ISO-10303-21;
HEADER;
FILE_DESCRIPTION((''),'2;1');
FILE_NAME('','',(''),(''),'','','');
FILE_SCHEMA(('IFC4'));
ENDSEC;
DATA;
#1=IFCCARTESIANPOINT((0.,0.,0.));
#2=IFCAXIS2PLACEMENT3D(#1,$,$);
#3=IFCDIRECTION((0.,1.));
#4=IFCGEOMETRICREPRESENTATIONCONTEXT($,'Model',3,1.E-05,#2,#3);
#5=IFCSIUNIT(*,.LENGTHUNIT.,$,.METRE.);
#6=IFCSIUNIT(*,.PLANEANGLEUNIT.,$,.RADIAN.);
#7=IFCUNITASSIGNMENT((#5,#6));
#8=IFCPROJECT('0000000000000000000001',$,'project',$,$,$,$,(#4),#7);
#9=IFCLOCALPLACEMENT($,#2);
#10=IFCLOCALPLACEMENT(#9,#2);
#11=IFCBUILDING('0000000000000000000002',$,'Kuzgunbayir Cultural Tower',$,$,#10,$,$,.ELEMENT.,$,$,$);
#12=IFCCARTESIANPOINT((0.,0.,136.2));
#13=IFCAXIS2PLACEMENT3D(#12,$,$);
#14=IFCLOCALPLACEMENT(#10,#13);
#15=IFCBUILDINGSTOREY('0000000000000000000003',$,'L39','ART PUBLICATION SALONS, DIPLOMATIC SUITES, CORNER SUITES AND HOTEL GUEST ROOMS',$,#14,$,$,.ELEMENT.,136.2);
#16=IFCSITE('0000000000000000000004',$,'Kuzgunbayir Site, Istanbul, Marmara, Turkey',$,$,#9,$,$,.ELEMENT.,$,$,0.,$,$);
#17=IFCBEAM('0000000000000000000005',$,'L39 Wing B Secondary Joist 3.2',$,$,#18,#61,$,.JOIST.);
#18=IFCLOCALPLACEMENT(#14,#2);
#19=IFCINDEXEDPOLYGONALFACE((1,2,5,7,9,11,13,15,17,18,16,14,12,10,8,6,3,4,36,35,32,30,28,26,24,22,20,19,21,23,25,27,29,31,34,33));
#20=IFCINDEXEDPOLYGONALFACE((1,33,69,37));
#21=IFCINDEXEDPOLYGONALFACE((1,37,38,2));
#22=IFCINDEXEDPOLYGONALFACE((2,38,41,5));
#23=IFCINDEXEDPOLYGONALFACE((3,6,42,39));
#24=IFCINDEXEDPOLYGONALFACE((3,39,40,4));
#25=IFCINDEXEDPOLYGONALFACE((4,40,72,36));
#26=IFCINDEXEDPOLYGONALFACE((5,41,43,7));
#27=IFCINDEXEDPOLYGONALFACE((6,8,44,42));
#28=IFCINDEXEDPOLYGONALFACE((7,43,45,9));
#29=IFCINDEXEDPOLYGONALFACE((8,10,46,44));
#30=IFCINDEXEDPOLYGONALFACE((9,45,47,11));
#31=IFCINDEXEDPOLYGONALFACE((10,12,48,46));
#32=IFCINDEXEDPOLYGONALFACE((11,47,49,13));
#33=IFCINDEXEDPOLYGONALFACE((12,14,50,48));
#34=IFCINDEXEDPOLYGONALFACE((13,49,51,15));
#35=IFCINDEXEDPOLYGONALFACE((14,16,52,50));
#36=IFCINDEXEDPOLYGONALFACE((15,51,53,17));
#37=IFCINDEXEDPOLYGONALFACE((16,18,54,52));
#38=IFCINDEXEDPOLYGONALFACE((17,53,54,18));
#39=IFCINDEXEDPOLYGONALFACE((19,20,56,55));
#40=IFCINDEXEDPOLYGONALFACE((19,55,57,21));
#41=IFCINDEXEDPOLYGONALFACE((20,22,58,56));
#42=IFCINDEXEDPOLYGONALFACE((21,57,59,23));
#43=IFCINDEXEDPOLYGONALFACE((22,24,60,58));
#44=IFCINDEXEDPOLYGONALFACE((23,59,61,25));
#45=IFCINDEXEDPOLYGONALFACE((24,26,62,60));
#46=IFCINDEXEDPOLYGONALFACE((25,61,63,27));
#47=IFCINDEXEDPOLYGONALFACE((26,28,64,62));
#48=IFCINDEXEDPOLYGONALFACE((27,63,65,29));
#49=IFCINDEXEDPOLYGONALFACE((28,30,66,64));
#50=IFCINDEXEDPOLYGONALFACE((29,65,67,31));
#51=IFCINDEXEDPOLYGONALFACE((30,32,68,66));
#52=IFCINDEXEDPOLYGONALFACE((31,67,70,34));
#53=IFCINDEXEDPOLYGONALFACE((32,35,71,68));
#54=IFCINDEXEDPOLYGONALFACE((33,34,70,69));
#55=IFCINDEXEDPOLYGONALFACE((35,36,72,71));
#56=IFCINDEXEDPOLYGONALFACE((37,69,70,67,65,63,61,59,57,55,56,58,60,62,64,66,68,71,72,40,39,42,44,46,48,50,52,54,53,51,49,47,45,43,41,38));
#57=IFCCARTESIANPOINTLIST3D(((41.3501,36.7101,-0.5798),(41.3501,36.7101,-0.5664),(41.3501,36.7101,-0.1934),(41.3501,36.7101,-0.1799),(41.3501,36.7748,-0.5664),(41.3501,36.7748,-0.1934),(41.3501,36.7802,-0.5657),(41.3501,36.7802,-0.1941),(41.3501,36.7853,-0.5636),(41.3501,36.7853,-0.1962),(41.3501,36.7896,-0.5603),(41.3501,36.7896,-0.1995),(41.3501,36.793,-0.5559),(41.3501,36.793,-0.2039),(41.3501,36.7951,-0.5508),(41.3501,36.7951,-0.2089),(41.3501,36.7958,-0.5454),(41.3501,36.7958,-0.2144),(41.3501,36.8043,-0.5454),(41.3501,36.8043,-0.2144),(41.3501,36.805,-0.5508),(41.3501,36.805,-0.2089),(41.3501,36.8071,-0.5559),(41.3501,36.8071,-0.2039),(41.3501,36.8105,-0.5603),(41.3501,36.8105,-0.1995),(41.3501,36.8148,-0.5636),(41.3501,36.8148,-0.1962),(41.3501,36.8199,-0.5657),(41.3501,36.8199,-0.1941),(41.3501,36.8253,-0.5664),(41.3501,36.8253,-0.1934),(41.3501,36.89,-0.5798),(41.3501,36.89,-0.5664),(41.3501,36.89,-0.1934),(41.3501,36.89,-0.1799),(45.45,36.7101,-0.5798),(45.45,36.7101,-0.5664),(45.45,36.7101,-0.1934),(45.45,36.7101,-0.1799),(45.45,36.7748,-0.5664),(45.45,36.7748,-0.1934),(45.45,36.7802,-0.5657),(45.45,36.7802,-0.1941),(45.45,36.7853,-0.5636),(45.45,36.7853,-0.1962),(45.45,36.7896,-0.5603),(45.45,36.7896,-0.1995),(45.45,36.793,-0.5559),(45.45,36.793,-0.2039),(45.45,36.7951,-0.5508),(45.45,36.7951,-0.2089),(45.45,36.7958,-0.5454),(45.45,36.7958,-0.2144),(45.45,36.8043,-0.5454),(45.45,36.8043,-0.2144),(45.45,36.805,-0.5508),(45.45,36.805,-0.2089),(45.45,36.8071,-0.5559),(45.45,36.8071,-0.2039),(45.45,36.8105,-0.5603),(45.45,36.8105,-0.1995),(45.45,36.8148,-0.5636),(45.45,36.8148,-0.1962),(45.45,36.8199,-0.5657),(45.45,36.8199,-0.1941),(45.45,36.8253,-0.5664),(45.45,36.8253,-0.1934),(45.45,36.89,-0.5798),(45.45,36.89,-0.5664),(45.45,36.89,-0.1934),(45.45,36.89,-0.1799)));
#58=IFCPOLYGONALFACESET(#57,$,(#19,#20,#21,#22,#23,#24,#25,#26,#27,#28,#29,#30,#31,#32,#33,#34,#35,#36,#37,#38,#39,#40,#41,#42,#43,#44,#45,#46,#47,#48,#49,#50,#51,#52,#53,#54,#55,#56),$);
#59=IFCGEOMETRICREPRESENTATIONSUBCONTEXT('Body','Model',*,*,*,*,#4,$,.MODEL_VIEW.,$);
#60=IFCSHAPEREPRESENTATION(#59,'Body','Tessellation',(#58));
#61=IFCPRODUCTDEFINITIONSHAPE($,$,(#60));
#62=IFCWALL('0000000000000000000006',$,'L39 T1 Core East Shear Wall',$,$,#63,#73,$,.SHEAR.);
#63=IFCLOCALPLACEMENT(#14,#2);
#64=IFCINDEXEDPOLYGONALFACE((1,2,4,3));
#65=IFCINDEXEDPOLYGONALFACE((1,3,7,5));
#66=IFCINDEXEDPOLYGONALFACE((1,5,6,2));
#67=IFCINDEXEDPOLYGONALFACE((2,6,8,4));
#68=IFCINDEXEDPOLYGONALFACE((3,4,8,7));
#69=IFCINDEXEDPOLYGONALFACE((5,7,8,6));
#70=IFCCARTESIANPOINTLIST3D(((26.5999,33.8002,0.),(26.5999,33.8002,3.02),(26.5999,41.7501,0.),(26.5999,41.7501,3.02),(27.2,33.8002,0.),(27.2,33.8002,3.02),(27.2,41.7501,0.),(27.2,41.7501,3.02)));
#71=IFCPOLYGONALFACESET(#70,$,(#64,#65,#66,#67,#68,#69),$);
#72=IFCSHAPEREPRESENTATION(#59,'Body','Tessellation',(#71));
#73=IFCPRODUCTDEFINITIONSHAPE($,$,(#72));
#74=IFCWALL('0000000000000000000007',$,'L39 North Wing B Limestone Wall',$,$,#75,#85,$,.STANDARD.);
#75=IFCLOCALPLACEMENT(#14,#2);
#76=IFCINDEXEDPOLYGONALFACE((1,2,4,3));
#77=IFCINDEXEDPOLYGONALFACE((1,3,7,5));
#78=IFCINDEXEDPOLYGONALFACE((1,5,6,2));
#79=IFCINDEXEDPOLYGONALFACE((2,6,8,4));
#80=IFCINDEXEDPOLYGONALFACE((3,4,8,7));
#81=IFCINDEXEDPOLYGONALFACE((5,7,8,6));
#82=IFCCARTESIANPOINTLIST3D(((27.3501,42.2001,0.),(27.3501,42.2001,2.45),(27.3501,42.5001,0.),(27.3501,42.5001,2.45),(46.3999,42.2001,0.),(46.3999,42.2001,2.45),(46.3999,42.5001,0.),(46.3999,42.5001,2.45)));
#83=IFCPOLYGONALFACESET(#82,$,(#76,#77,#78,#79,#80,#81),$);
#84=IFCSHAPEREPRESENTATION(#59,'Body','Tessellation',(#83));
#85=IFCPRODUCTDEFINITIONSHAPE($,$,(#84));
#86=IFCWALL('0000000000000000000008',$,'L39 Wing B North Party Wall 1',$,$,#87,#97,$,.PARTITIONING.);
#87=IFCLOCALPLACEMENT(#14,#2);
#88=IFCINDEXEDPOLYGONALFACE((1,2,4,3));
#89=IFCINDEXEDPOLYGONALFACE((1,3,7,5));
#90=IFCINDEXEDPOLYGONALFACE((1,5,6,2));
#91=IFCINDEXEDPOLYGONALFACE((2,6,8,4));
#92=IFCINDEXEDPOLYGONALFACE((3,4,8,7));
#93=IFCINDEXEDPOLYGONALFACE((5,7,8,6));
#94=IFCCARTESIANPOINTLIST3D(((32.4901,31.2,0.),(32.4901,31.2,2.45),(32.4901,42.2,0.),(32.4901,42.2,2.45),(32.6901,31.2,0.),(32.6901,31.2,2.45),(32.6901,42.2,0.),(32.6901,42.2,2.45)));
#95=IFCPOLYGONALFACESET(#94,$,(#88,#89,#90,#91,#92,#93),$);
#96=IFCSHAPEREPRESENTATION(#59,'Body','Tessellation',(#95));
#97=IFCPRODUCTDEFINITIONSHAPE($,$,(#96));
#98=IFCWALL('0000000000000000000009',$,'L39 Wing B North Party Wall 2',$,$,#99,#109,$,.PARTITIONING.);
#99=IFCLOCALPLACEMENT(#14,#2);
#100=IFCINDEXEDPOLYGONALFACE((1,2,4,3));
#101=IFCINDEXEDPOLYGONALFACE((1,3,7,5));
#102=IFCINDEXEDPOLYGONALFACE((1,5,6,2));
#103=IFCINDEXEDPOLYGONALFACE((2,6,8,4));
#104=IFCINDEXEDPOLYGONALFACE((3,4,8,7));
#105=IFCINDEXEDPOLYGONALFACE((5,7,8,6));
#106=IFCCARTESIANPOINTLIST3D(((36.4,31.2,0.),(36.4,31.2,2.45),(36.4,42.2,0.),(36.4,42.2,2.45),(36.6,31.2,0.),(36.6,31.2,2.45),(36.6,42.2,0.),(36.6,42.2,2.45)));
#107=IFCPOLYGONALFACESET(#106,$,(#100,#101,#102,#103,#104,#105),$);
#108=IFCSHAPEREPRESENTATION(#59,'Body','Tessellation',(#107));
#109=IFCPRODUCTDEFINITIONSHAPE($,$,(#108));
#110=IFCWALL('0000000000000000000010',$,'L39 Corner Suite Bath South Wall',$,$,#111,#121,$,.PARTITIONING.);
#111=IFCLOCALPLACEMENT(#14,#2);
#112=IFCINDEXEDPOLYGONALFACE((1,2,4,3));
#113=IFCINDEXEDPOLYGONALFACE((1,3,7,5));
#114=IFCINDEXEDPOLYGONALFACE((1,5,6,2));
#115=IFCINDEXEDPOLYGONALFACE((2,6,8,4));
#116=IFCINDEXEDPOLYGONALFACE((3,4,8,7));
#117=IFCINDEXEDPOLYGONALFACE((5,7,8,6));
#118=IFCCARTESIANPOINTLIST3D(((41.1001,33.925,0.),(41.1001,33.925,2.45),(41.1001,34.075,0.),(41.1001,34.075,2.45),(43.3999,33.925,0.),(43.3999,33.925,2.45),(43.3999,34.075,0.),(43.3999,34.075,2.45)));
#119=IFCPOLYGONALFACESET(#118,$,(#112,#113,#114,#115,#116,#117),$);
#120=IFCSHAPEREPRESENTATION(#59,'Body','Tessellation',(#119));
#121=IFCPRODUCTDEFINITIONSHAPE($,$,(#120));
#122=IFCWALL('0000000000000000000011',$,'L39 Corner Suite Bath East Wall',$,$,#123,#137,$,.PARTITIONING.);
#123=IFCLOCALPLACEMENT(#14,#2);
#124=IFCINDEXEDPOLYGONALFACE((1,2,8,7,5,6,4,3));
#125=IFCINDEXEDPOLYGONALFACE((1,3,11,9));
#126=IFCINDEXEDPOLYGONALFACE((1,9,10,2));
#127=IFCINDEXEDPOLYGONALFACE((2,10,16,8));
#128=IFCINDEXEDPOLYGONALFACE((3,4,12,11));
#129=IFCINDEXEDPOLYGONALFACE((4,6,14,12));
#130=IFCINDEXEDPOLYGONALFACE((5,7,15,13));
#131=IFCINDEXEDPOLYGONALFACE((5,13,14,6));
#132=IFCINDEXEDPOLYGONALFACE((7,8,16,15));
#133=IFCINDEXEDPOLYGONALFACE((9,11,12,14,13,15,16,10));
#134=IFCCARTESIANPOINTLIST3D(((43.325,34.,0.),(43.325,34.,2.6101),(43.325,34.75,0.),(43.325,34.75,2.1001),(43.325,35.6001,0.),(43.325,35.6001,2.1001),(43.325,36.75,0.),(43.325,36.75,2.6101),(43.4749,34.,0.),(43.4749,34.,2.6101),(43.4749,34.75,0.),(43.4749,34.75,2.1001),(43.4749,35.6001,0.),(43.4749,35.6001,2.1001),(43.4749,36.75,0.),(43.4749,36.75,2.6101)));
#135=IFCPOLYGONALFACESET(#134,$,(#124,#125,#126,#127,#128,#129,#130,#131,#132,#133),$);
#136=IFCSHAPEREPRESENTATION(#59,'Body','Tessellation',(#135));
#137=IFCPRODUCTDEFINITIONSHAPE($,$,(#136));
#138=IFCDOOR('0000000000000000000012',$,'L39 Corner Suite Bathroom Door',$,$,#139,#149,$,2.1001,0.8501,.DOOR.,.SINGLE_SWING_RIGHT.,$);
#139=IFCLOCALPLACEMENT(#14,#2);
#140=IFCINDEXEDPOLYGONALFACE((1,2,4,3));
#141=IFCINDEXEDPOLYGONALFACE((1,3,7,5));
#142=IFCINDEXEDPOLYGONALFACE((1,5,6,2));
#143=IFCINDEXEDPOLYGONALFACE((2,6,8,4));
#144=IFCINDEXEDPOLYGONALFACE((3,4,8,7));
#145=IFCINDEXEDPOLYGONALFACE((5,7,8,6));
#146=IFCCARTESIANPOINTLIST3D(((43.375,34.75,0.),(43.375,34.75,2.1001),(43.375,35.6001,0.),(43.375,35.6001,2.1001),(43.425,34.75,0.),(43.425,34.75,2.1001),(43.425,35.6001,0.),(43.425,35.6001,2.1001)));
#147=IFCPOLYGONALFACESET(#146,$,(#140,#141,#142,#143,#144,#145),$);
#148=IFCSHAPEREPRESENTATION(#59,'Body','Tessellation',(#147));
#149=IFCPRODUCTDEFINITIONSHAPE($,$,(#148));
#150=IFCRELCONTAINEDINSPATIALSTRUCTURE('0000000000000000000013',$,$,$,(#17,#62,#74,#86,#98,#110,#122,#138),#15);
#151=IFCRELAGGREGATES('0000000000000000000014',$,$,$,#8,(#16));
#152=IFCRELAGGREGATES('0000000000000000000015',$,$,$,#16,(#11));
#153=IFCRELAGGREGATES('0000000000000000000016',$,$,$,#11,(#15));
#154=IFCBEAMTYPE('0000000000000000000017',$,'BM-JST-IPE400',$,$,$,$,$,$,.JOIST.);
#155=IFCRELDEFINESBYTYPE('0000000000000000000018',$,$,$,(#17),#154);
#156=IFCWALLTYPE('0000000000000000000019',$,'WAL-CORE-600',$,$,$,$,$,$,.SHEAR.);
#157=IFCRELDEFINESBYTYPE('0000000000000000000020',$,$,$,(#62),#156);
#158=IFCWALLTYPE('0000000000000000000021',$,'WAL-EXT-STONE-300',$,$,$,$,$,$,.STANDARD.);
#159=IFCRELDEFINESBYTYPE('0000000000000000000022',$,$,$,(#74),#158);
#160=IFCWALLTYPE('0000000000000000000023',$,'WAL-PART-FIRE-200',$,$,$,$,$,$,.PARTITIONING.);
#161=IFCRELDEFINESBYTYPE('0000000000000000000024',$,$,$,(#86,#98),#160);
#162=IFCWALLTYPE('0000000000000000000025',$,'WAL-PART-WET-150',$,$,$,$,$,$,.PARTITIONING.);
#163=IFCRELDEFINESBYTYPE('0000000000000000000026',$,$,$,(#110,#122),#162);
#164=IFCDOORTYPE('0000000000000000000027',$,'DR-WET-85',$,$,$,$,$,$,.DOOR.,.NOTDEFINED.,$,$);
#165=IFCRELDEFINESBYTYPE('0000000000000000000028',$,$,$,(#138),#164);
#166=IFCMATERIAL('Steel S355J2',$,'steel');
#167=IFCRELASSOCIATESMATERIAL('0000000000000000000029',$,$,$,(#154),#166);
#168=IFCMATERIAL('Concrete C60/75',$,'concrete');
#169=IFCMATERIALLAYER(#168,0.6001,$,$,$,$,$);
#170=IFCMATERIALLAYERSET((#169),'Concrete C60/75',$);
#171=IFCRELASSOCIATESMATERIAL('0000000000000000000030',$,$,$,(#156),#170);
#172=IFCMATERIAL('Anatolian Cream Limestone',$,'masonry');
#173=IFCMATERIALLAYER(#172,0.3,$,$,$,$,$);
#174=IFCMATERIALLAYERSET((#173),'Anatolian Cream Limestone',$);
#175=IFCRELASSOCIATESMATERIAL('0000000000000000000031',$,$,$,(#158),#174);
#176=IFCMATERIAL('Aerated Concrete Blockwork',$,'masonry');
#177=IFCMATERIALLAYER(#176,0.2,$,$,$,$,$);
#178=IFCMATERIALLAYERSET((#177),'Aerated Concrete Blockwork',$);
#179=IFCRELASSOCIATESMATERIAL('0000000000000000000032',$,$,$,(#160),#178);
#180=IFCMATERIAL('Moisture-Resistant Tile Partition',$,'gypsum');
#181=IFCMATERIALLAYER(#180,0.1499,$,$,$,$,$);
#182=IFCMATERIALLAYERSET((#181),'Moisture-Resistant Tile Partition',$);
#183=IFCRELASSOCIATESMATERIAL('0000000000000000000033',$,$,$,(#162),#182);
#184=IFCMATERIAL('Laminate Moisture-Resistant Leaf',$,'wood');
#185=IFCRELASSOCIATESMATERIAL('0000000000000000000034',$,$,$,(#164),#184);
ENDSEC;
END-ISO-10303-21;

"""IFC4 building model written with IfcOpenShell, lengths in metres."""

from ifc_helpers import new_model, si_unit, direction, frame, frame_2d, origin, origin_2d, place, context, subcontext, project, spatial, rectangle, i_section, extrude, material, layer, layer_set, material_profile, profile_set, type_object, element, fill, save


model = new_model("IFC4")

# Units and contexts
model_context = context("Model", 3, precision=1e-05, world=origin(), true_north=direction((0.0, 1.0)))
body_context = subcontext(model_context, "Body", "Model", "MODEL_VIEW")
ifc_project = project(units=[si_unit("LENGTHUNIT", "METRE"), si_unit("PLANEANGLEUNIT", "RADIAN")], contexts=[model_context])

# Site, building, storey
site_placement = place(None, origin())
site = spatial("IfcSite", under=ifc_project, at=site_placement, Name="Kuzgunbayir Site, Istanbul, Marmara, Turkey", CompositionType="ELEMENT", RefElevation=0.0)
building_placement = place(site_placement, origin())
building = spatial("IfcBuilding", under=site, at=building_placement, Name="Kuzgunbayir Cultural Tower", CompositionType="ELEMENT")
storey_placement = place(building_placement, frame((0.0, 0.0, 136.2)))
storey = spatial("IfcBuildingStorey", under=building, at=storey_placement, Name="L39", Description="ART PUBLICATION SALONS, DIPLOMATIC SUITES, CORNER SUITES AND HOTEL GUEST ROOMS", CompositionType="ELEMENT", Elevation=136.2)

# Beam
ifc_material_1 = material(Name="Steel S355J2", Category="steel")
ifc_material_profile_1 = material_profile(ifc_material_1, i_section(OverallWidth=0.1799, OverallDepth=0.3999, WebThickness=0.0085, FlangeThickness=0.0134, FilletRadius=0.021, at=origin_2d()), Name="IPE 400")
ifc_profile_set_1 = profile_set([ifc_material_profile_1], Name="Steel S355J2")
beam_type_1 = type_object("IfcBeamType", Name="BM-JST-IPE400", PredefinedType="JOIST", material=ifc_profile_set_1)
for number, where, z_axis, x_axis, name in (
    (1, (41.3501, 36.8, -0.3799), (1.0, 0.0, 0.0), (0.0, 1.0, 0.0), "L39 Wing B Secondary Joist 3.2"),
):
    element("IfcBeam", number, at=place(storey_placement, frame(where, z_axis=z_axis, x_axis=x_axis)), inside=storey, type_object=beam_type_1, Name=name, PredefinedType="JOIST", context=body_context, shape_type="SweptSolid", body=[
        extrude(i_section(OverallWidth=0.1799, OverallDepth=0.3999, WebThickness=0.0085, FlangeThickness=0.0134, FilletRadius=0.021, at=origin_2d()), origin(), (0.0, 0.0, 1.0), 4.0999),
    ])

# Walls
ifc_material_2 = material(Name="Concrete C60/75", Category="concrete")
ifc_layer_1 = layer(ifc_material_2, 0.6001)
ifc_layer_set_1 = layer_set([ifc_layer_1], Name="Concrete C60/75")
wall_type_1 = type_object("IfcWallType", Name="WAL-CORE-600", PredefinedType="SHEAR", material=ifc_layer_set_1)
wall_1_placement = place(storey_placement, frame((26.8999, 33.8, 0.0), z_axis=(0.0, 0.0, 1.0), x_axis=(0.0, 1.0, 0.0)))
element("IfcWall", 2, at=wall_1_placement, inside=storey, type_object=wall_type_1, Name="L39 T1 Core East Shear Wall", PredefinedType="SHEAR", context=body_context, shape_type="SweptSolid", body=[
    extrude(rectangle(XDim=7.95, YDim=0.6001, at=frame_2d((3.9751, 0.0))), origin(), (0.0, 0.0, 1.0), 3.02),
])
ifc_material_3 = material(Name="Anatolian Cream Limestone", Category="masonry")
ifc_layer_2 = layer(ifc_material_3, 0.3)
ifc_layer_set_2 = layer_set([ifc_layer_2], Name="Anatolian Cream Limestone")
wall_type_2 = type_object("IfcWallType", Name="WAL-EXT-STONE-300", PredefinedType="STANDARD", material=ifc_layer_set_2)
wall_2_placement = place(storey_placement, frame((46.3999, 42.3501, 0.0), z_axis=(0.0, 0.0, 1.0), x_axis=(-1.0, 0.0, 0.0)))
element("IfcWall", 3, at=wall_2_placement, inside=storey, type_object=wall_type_2, Name="L39 North Wing B Limestone Wall", PredefinedType="STANDARD", context=body_context, shape_type="SweptSolid", body=[
    extrude(rectangle(XDim=19.0498, YDim=0.3, at=frame_2d((9.5249, 0.0))), origin(), (0.0, 0.0, 1.0), 2.45),
])

# Walls
ifc_material_4 = material(Name="Aerated Concrete Blockwork", Category="masonry")
ifc_layer_3 = layer(ifc_material_4, 0.2)
ifc_layer_set_3 = layer_set([ifc_layer_3], Name="Aerated Concrete Blockwork")
wall_type_3 = type_object("IfcWallType", Name="WAL-PART-FIRE-200", PredefinedType="PARTITIONING", material=ifc_layer_set_3)
for number, where, z_axis, x_axis, name in (
    (4, (32.5901, 31.2, 0.0), (0.0, 0.0, 1.0), (0.0, 1.0, 0.0), "L39 Wing B North Party Wall 1"),
    (5, (36.5, 31.2, 0.0), (0.0, 0.0, 1.0), (0.0, 1.0, 0.0), "L39 Wing B North Party Wall 2"),
):
    element("IfcWall", number, at=place(storey_placement, frame(where, z_axis=z_axis, x_axis=x_axis)), inside=storey, type_object=wall_type_3, Name=name, PredefinedType="PARTITIONING", context=body_context, shape_type="SweptSolid", body=[
        extrude(rectangle(XDim=11.0, YDim=0.2, at=frame_2d((5.5, 0.0))), origin(), (0.0, 0.0, 1.0), 2.45),
    ])
ifc_material_5 = material(Name="Moisture-Resistant Tile Partition", Category="gypsum")
ifc_layer_4 = layer(ifc_material_5, 0.1499)
ifc_layer_set_4 = layer_set([ifc_layer_4], Name="Moisture-Resistant Tile Partition")
wall_type_4 = type_object("IfcWallType", Name="WAL-PART-WET-150", PredefinedType="PARTITIONING", material=ifc_layer_set_4)
wall_3_placement = place(storey_placement, frame((41.1001, 34.0, 0.0), z_axis=(0.0, 0.0, 1.0), x_axis=(1.0, 0.0, 0.0)))
element("IfcWall", 6, at=wall_3_placement, inside=storey, type_object=wall_type_4, Name="L39 Corner Suite Bath South Wall", PredefinedType="PARTITIONING", context=body_context, shape_type="SweptSolid", body=[
    extrude(rectangle(XDim=2.2998, YDim=0.1499, at=frame_2d((1.1499, 0.0))), origin(), (0.0, 0.0, 1.0), 2.45),
])

# Wall, opening, door
wall_4_placement = place(storey_placement, frame((43.3999, 34.0, 0.0), z_axis=(0.0, 0.0, 1.0), x_axis=(0.0, 1.0, 0.0)))
wall_4 = element("IfcWall", 7, at=wall_4_placement, inside=storey, type_object=wall_type_4, Name="L39 Corner Suite Bath East Wall", PredefinedType="PARTITIONING", context=body_context, shape_type="SweptSolid", body=[
    extrude(rectangle(XDim=2.75, YDim=0.1499, at=frame_2d((1.375, 0.0))), origin(), (0.0, 0.0, 1.0), 2.6101),
])
opening_1_placement = place(wall_4_placement, frame((0.75, 0.0, 0.0)))
opening_1 = element("IfcOpeningElement", 8, at=opening_1_placement, cuts=wall_4, PredefinedType="OPENING", context=body_context, shape_type="SweptSolid", body=[
    extrude(rectangle(XDim=0.8501, YDim=2.1001, at=frame_2d((0.425, 1.05))), frame((0.0, 0.085, 0.0), z_axis=(0.0, -1.0, 0.0), x_axis=(1.0, 0.0, 0.0)), (0.0, 0.0, 1.0), 0.1699),
])
ifc_material_6 = material(Name="Laminate Moisture-Resistant Leaf", Category="wood")
door_type_1 = type_object("IfcDoorType", Name="DR-WET-85", OperationType="NOTDEFINED", PredefinedType="DOOR", material=ifc_material_6)
door_1_placement = place(opening_1_placement, origin())
door_1 = element("IfcDoor", 9, at=door_1_placement, inside=storey, type_object=door_type_1, Name="L39 Corner Suite Bathroom Door", OperationType="SINGLE_SWING_RIGHT", OverallHeight=2.1001, OverallWidth=0.8501, PredefinedType="DOOR", context=body_context, shape_type="SweptSolid", body=[
    extrude(rectangle(XDim=0.8501, YDim=2.1001, at=frame_2d((0.425, 1.05))), frame((0.0, 0.0249, 0.0), z_axis=(0.0, -1.0, 0.0), x_axis=(1.0, 0.0, 0.0)), (0.0, 0.0, 1.0), 0.05),
])
fill(opening_1, door_1)

save(model, "model.ifc")
